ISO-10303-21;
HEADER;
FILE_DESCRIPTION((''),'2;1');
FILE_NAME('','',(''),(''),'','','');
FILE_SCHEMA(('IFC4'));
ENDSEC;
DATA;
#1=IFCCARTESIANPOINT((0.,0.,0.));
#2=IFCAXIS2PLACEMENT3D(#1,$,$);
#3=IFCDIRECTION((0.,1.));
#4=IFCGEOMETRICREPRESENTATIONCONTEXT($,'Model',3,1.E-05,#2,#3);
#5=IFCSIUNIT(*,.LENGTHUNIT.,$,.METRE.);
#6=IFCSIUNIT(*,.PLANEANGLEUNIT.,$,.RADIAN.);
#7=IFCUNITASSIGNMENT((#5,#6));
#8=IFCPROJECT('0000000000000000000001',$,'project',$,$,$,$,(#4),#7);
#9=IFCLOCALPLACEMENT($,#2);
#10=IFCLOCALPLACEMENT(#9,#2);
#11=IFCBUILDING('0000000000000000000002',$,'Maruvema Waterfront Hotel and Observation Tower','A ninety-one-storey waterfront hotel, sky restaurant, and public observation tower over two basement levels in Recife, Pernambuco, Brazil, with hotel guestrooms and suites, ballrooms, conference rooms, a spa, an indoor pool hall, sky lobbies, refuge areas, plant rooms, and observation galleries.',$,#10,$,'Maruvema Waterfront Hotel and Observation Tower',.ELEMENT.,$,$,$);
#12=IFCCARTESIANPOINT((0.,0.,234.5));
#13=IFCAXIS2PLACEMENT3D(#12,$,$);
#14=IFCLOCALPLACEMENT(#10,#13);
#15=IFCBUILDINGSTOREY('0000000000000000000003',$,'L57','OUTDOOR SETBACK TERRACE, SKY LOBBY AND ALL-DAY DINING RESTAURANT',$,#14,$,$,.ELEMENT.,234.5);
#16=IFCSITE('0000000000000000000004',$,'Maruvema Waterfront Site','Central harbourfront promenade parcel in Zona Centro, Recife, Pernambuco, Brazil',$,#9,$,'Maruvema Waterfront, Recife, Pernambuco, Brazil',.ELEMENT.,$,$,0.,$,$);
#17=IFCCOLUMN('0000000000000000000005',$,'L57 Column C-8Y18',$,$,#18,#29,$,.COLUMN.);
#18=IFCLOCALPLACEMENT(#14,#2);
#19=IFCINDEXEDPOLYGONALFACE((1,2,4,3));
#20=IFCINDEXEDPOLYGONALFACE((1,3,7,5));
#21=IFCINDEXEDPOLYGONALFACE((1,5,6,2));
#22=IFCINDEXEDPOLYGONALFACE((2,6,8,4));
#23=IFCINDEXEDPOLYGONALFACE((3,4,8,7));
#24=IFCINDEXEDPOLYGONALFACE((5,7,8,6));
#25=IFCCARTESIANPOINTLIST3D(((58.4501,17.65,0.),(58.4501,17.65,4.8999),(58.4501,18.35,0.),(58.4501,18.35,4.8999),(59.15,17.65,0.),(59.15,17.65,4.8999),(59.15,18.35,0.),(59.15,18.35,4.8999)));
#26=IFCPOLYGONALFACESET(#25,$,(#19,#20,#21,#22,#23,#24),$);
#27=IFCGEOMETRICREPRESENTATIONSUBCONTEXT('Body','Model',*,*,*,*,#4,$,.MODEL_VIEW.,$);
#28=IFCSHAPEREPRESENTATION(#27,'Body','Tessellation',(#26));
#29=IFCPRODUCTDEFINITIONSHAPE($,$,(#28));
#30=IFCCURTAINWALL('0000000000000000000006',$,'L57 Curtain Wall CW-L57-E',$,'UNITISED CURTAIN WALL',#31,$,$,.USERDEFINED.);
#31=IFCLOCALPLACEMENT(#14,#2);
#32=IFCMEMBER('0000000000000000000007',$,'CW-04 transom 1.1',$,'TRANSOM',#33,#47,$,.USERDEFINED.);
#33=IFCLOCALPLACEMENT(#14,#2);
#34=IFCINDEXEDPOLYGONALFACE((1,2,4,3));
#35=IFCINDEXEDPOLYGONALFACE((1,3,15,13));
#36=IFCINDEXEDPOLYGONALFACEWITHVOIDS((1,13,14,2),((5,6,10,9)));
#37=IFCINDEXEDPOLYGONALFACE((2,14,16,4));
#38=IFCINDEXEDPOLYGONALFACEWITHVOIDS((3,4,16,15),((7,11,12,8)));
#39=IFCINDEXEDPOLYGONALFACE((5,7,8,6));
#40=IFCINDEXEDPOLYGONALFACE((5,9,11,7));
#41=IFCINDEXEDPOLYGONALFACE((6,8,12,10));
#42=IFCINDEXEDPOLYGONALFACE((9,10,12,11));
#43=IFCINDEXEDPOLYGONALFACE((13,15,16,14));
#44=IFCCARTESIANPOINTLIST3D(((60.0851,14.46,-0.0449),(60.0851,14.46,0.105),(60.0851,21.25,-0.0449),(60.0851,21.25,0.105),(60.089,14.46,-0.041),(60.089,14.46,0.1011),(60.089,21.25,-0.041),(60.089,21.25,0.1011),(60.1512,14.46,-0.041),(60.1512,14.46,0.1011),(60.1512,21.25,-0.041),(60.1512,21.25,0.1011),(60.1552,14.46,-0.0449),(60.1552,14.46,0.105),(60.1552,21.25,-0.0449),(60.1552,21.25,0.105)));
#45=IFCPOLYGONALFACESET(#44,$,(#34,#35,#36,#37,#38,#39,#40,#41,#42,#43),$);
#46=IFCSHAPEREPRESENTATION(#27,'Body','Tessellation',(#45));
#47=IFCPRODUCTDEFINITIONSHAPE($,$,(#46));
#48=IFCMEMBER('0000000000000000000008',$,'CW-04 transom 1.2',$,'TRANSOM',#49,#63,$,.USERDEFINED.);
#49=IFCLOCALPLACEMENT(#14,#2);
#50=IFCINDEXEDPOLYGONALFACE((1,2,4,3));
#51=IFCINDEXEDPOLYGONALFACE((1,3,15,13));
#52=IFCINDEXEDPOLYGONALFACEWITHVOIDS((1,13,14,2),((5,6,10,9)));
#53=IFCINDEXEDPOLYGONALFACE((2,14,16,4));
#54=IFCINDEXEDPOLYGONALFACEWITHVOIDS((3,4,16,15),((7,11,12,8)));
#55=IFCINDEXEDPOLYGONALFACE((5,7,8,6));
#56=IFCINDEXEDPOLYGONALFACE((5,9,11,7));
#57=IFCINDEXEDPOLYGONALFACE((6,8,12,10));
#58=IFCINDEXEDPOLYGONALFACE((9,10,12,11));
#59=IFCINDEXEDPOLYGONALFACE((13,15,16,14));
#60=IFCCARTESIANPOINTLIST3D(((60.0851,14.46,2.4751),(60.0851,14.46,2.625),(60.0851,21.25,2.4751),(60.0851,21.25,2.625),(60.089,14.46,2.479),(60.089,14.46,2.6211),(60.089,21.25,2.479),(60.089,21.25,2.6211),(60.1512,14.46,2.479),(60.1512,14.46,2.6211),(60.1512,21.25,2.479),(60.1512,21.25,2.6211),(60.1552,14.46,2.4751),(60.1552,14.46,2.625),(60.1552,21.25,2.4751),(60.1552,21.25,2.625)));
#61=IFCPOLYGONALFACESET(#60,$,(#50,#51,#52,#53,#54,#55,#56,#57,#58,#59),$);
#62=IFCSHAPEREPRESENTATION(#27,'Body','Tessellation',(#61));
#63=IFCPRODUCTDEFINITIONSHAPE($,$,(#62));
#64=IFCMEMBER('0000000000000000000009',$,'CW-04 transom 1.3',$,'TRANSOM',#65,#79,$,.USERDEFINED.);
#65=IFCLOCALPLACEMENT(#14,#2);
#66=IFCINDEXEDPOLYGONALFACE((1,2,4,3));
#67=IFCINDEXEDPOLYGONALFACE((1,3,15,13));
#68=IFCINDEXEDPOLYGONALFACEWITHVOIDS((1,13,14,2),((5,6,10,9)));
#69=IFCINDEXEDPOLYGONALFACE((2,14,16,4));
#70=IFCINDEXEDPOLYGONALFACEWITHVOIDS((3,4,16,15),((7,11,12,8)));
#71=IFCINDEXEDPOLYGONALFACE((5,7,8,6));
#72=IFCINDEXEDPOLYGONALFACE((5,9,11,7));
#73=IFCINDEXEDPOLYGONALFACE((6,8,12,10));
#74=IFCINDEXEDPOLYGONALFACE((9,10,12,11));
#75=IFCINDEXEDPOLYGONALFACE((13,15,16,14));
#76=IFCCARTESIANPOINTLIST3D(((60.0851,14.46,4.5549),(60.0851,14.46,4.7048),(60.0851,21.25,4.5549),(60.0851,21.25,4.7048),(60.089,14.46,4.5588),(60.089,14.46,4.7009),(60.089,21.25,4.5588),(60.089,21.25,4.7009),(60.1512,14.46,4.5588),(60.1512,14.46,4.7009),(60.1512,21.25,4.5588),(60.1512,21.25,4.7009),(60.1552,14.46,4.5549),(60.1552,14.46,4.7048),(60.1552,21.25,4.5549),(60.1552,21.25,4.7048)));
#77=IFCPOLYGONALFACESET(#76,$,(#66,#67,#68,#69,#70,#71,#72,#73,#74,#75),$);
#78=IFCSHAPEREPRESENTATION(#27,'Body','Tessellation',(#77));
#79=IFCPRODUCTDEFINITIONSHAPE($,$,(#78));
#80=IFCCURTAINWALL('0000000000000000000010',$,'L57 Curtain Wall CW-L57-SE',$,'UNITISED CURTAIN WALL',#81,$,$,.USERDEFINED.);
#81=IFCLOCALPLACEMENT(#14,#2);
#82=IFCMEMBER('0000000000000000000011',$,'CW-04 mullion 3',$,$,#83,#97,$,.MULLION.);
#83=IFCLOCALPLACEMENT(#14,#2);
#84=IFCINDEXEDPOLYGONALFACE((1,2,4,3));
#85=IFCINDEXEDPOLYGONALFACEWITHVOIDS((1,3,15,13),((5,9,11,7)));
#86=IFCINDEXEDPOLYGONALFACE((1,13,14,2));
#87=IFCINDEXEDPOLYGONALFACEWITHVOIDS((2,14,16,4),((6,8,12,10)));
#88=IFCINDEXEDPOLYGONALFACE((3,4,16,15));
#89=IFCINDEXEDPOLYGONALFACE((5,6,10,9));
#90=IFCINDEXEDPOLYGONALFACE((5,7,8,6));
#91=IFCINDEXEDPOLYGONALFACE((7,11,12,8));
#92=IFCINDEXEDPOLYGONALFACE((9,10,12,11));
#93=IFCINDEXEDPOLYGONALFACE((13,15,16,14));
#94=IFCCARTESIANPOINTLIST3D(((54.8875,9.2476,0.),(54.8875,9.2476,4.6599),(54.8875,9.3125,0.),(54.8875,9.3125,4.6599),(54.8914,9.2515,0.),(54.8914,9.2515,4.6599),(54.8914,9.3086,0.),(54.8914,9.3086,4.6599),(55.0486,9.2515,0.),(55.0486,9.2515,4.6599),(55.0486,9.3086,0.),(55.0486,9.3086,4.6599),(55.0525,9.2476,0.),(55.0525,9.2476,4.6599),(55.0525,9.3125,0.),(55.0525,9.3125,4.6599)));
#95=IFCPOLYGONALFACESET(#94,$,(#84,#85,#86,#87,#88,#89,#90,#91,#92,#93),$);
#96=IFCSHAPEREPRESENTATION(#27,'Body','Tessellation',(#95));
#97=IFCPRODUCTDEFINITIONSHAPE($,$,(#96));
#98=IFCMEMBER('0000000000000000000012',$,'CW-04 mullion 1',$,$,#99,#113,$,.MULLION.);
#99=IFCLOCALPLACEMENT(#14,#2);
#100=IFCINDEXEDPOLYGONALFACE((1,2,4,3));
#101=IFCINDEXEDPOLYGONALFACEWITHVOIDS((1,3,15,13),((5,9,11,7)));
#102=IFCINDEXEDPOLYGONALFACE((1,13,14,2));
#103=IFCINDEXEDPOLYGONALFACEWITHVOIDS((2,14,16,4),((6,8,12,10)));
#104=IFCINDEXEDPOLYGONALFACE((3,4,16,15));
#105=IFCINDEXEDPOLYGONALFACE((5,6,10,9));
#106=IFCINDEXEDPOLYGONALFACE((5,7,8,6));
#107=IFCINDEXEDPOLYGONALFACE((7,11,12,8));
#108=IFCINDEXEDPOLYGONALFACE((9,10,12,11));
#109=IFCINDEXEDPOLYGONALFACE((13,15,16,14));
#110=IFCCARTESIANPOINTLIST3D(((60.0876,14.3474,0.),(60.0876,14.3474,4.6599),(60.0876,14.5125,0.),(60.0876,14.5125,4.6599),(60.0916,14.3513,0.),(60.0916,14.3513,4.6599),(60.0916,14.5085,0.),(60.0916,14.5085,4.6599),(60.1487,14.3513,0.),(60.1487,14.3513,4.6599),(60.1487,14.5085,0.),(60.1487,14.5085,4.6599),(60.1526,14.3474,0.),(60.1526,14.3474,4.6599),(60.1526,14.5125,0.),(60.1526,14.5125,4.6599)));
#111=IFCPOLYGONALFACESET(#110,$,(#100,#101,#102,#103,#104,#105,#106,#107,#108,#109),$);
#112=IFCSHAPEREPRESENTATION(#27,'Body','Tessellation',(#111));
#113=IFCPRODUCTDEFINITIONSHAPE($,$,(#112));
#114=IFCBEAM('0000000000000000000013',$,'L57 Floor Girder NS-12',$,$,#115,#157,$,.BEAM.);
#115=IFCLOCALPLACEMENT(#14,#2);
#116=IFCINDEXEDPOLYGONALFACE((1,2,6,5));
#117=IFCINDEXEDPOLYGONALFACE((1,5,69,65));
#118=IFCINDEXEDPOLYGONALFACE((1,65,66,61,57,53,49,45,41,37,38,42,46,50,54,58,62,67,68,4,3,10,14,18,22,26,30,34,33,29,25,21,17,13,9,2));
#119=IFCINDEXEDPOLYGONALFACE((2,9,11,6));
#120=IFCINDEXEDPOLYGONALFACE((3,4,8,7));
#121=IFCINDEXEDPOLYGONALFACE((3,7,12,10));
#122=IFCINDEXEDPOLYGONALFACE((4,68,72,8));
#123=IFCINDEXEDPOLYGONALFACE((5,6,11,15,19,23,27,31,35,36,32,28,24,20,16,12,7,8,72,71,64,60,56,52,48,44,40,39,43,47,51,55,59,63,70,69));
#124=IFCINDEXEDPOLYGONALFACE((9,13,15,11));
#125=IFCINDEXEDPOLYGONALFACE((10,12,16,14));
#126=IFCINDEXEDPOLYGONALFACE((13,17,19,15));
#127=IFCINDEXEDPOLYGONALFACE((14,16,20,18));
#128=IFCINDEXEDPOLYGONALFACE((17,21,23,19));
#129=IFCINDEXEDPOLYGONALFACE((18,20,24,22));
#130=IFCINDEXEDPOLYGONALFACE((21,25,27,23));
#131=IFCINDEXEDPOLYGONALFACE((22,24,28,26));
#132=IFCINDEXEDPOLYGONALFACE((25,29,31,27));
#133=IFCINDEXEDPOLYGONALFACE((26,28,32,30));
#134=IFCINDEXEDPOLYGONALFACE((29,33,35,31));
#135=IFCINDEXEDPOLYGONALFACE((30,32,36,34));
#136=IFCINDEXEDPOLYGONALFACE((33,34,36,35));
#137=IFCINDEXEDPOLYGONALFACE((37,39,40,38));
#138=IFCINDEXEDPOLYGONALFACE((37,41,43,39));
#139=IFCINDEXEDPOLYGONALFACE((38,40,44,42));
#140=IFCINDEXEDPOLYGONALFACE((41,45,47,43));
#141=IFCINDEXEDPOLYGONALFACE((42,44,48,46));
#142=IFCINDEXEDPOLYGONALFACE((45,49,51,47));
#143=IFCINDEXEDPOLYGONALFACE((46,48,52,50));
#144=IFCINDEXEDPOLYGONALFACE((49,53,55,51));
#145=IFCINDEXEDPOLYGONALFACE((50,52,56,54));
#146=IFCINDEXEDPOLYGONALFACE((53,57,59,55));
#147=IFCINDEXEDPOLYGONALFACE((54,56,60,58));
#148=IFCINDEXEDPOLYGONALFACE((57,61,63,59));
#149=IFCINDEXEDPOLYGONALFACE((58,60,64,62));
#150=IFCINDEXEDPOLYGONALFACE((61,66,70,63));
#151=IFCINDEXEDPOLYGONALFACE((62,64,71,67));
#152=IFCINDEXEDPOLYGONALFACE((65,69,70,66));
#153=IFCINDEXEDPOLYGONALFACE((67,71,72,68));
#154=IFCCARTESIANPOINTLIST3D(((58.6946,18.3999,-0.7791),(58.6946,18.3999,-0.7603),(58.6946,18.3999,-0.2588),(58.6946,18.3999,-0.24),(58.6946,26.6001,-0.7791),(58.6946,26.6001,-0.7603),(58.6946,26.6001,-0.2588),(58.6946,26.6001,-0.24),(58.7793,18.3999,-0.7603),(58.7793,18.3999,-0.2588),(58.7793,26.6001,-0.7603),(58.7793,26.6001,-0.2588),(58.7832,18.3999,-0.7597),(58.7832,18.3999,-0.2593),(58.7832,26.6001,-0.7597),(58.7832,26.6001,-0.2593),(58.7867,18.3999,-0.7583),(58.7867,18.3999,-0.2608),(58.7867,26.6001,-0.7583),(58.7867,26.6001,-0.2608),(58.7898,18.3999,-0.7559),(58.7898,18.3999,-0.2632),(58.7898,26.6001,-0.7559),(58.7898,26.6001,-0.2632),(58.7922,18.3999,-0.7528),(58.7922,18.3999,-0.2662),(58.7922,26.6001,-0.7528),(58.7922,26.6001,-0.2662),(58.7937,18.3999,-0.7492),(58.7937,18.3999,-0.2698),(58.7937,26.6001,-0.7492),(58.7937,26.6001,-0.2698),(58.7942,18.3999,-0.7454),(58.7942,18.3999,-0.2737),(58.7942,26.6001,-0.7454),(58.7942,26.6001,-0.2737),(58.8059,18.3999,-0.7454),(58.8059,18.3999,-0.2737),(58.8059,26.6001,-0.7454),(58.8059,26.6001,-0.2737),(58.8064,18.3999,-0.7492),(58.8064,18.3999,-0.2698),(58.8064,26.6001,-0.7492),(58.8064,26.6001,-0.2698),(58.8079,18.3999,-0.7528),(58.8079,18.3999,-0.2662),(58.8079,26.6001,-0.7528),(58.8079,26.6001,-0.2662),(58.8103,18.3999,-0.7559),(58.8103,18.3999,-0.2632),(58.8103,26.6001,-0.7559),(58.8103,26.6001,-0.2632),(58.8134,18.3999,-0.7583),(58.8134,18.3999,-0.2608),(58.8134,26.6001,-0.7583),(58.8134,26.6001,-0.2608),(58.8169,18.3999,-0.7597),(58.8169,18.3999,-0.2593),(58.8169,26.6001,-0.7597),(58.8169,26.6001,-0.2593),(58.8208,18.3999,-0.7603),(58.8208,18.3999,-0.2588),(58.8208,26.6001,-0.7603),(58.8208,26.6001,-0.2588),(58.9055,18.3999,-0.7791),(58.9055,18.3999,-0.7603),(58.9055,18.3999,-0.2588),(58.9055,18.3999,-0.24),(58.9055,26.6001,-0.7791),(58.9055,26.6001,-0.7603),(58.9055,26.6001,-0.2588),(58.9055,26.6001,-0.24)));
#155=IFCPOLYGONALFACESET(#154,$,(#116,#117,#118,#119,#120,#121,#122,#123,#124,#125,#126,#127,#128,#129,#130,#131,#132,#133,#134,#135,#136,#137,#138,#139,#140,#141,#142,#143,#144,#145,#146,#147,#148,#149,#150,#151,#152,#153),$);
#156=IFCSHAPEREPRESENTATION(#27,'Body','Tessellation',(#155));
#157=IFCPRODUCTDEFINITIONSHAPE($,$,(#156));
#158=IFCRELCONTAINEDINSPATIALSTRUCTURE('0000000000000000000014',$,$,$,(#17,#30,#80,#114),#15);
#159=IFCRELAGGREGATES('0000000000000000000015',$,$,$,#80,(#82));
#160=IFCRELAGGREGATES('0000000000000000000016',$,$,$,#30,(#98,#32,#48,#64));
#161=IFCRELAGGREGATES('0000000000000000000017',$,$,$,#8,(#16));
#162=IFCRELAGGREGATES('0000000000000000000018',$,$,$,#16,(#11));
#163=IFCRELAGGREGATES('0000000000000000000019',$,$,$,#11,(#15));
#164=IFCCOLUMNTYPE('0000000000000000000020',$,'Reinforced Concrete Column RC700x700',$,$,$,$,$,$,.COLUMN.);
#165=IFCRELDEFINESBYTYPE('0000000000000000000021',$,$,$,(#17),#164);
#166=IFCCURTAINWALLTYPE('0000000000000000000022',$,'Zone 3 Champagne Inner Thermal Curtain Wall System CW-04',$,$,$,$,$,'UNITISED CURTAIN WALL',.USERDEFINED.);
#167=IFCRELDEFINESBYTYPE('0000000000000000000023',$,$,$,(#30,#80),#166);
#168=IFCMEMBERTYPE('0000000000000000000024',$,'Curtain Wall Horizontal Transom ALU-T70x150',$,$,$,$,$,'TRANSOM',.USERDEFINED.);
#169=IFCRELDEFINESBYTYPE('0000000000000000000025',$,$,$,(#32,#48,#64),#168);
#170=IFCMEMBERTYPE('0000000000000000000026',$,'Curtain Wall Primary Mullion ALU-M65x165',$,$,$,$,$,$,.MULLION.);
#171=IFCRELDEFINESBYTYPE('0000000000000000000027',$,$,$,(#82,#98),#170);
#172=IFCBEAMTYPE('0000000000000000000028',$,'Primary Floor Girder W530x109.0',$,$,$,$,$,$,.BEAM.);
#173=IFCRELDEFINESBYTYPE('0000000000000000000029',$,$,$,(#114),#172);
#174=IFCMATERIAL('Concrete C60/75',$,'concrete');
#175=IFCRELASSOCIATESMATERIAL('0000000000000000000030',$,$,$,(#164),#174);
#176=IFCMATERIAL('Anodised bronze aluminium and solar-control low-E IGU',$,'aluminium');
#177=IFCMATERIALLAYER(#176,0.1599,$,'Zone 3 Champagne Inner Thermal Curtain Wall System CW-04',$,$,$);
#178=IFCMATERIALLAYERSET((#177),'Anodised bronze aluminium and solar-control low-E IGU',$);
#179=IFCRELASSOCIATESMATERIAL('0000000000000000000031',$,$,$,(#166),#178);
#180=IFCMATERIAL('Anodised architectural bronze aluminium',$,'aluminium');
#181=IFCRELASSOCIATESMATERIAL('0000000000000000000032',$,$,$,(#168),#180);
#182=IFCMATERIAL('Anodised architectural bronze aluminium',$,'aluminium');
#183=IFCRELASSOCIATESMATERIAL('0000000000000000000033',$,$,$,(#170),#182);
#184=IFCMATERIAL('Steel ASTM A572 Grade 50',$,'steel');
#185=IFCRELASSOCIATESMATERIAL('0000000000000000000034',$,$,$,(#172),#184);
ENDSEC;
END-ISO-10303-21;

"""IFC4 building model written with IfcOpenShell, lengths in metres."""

from ifc_helpers import new_model, si_unit, direction, frame, origin, origin_2d, place, context, subcontext, project, spatial, rectangle, hollow_rectangle, i_section, extrude, material, layer, layer_set, material_profile, profile_set, type_object, element, aggregate, save


model = new_model("IFC4")

# Units and contexts
model_context = context("Model", 3, precision=1e-05, world=origin(), true_north=direction((0.0, 1.0)))
body_context = subcontext(model_context, "Body", "Model", "MODEL_VIEW")
ifc_project = project(units=[si_unit("LENGTHUNIT", "METRE"), si_unit("PLANEANGLEUNIT", "RADIAN")], contexts=[model_context])

# Site, building, storey
site_placement = place(None, origin())
site = spatial("IfcSite", under=ifc_project, at=site_placement, Name="Maruvema Waterfront Site", Description="Central harbourfront promenade parcel in Zona Centro, Recife, Pernambuco, Brazil", LongName="Maruvema Waterfront, Recife, Pernambuco, Brazil", CompositionType="ELEMENT", RefElevation=0.0)
building_placement = place(site_placement, origin())
building = spatial("IfcBuilding", under=site, at=building_placement, Name="Maruvema Waterfront Hotel and Observation Tower", Description="A ninety-one-storey waterfront hotel, sky restaurant, and public observation tower over two basement levels in Recife, Pernambuco, Brazil, with hotel guestrooms and suites, ballrooms, conference rooms, a spa, an indoor pool hall, sky lobbies, refuge areas, plant rooms, and observation galleries.", LongName="Maruvema Waterfront Hotel and Observation Tower", CompositionType="ELEMENT")
storey_placement = place(building_placement, frame((0.0, 0.0, 234.5)))
storey = spatial("IfcBuildingStorey", under=building, at=storey_placement, Name="L57", Description="OUTDOOR SETBACK TERRACE, SKY LOBBY AND ALL-DAY DINING RESTAURANT", CompositionType="ELEMENT", Elevation=234.5)

# Column
ifc_material_1 = material(Name="Concrete C60/75", Category="concrete")
ifc_material_profile_1 = material_profile(ifc_material_1, rectangle(XDim=0.7, YDim=0.7, at=origin_2d()), Name="RC700x700")
ifc_profile_set_1 = profile_set([ifc_material_profile_1], Name="Concrete C60/75")
column_type = type_object("IfcColumnType", Name="Reinforced Concrete Column RC700x700", PredefinedType="COLUMN", material=ifc_profile_set_1)
column_placement = place(storey_placement, frame((58.8, 18.0, 0.0), z_axis=(0.0, 0.0, 1.0), x_axis=(1.0, 0.0, 0.0)))
element("IfcColumn", 1, at=column_placement, inside=storey, type_object=column_type, Name="L57 Column C-8Y18", PredefinedType="COLUMN", context=body_context, shape_type="SweptSolid", body=[
    extrude(rectangle(XDim=0.7, YDim=0.7, at=origin_2d()), origin(), (0.0, 0.0, 1.0), 4.8999),
])

# Curtain wall, members
ifc_material_2 = material(Name="Anodised bronze aluminium and solar-control low-E IGU", Category="aluminium")
ifc_layer_1 = layer(ifc_material_2, 0.1599, Name="Zone 3 Champagne Inner Thermal Curtain Wall System CW-04")
ifc_layer_set_1 = layer_set([ifc_layer_1], Name="Anodised bronze aluminium and solar-control low-E IGU")
curtain_wall_type = type_object("IfcCurtainWallType", Name="Zone 3 Champagne Inner Thermal Curtain Wall System CW-04", ElementType="UNITISED CURTAIN WALL", PredefinedType="USERDEFINED", material=ifc_layer_set_1)
curtain_wall_1_placement = place(storey_placement, origin())
curtain_wall_1 = element("IfcCurtainWall", 2, at=curtain_wall_1_placement, inside=storey, type_object=curtain_wall_type, Name="L57 Curtain Wall CW-L57-E", ObjectType="UNITISED CURTAIN WALL", PredefinedType="USERDEFINED")
ifc_material_3 = material(Name="Anodised architectural bronze aluminium", Category="aluminium")
ifc_material_profile_2 = material_profile(ifc_material_3, hollow_rectangle(XDim=0.0701, YDim=0.1499, WallThickness=0.0039, at=origin_2d()), Name="ALU-T70x150")
ifc_profile_set_2 = profile_set([ifc_material_profile_2], Name="Anodised architectural bronze aluminium")
member_type_1 = type_object("IfcMemberType", Name="Curtain Wall Horizontal Transom ALU-T70x150", ElementType="TRANSOM", PredefinedType="USERDEFINED", material=ifc_profile_set_2)
member_1_placement = place(storey_placement, frame((60.1201, 14.46, 0.03), z_axis=(0.0, 1.0, 0.0), x_axis=(-1.0, 0.0, 0.0)))
member_1 = element("IfcMember", 3, at=member_1_placement, type_object=member_type_1, Name="CW-04 transom 1.1", ObjectType="TRANSOM", PredefinedType="USERDEFINED", context=body_context, shape_type="SweptSolid", body=[
    extrude(hollow_rectangle(XDim=0.0701, YDim=0.1499, WallThickness=0.0039, at=origin_2d()), origin(), (0.0, 0.0, 1.0), 6.79),
])
member_2_placement = place(storey_placement, frame((60.1201, 14.46, 2.55), z_axis=(0.0, 1.0, 0.0), x_axis=(-1.0, 0.0, 0.0)))
member_2 = element("IfcMember", 4, at=member_2_placement, type_object=member_type_1, Name="CW-04 transom 1.2", ObjectType="TRANSOM", PredefinedType="USERDEFINED", context=body_context, shape_type="SweptSolid", body=[
    extrude(hollow_rectangle(XDim=0.0701, YDim=0.1499, WallThickness=0.0039, at=origin_2d()), origin(), (0.0, 0.0, 1.0), 6.79),
])
member_3_placement = place(storey_placement, frame((60.1201, 14.46, 4.6299), z_axis=(0.0, 1.0, 0.0), x_axis=(-1.0, 0.0, 0.0)))
member_3 = element("IfcMember", 5, at=member_3_placement, type_object=member_type_1, Name="CW-04 transom 1.3", ObjectType="TRANSOM", PredefinedType="USERDEFINED", context=body_context, shape_type="SweptSolid", body=[
    extrude(hollow_rectangle(XDim=0.0701, YDim=0.1499, WallThickness=0.0039, at=origin_2d()), origin(), (0.0, 0.0, 1.0), 6.79),
])

# Curtain wall, member
curtain_wall_2_placement = place(storey_placement, origin())
curtain_wall_2 = element("IfcCurtainWall", 6, at=curtain_wall_2_placement, inside=storey, type_object=curtain_wall_type, Name="L57 Curtain Wall CW-L57-SE", ObjectType="UNITISED CURTAIN WALL", PredefinedType="USERDEFINED")
ifc_material_4 = material(Name="Anodised architectural bronze aluminium", Category="aluminium")
ifc_material_profile_3 = material_profile(ifc_material_4, hollow_rectangle(XDim=0.0649, YDim=0.165, WallThickness=0.0039, at=origin_2d()), Name="ALU-M65x165")
ifc_profile_set_3 = profile_set([ifc_material_profile_3], Name="Anodised architectural bronze aluminium")
member_type_2 = type_object("IfcMemberType", Name="Curtain Wall Primary Mullion ALU-M65x165", PredefinedType="MULLION", material=ifc_profile_set_3)
member_4_placement = place(storey_placement, frame((54.97, 9.28, 0.0), z_axis=(0.0, 0.0, 1.0), x_axis=(0.0, 1.0, 0.0)))
member_4 = element("IfcMember", 7, at=member_4_placement, type_object=member_type_2, Name="CW-04 mullion 3", PredefinedType="MULLION", context=body_context, shape_type="SweptSolid", body=[
    extrude(hollow_rectangle(XDim=0.0649, YDim=0.165, WallThickness=0.0039, at=origin_2d()), origin(), (0.0, 0.0, 1.0), 4.6599),
])

# Member
member_5_placement = place(storey_placement, frame((60.1201, 14.4299, 0.0), z_axis=(0.0, 0.0, 1.0), x_axis=(-1.0, 0.0, 0.0)))
member_5 = element("IfcMember", 8, at=member_5_placement, type_object=member_type_2, Name="CW-04 mullion 1", PredefinedType="MULLION", context=body_context, shape_type="SweptSolid", body=[
    extrude(hollow_rectangle(XDim=0.0649, YDim=0.165, WallThickness=0.0039, at=origin_2d()), origin(), (0.0, 0.0, 1.0), 4.6599),
])

# Beam
ifc_material_5 = material(Name="Steel ASTM A572 Grade 50", Category="steel")
ifc_material_profile_4 = material_profile(ifc_material_5, i_section(OverallWidth=0.2109, OverallDepth=0.5391, WebThickness=0.0117, FlangeThickness=0.0188, FilletRadius=0.0149, at=origin_2d()), Name="W530x109.0")
ifc_profile_set_4 = profile_set([ifc_material_profile_4], Name="Steel ASTM A572 Grade 50")
beam_type_1 = type_object("IfcBeamType", Name="Primary Floor Girder W530x109.0", PredefinedType="BEAM", material=ifc_profile_set_4)
beam_1_placement = place(storey_placement, frame((58.8, 18.3999, -0.5095), z_axis=(0.0, 1.0, 0.0), x_axis=(-1.0, 0.0, 0.0)))
element("IfcBeam", 9, at=beam_1_placement, inside=storey, type_object=beam_type_1, Name="L57 Floor Girder NS-12", PredefinedType="BEAM", context=body_context, shape_type="SweptSolid", body=[
    extrude(i_section(OverallWidth=0.2109, OverallDepth=0.5391, WebThickness=0.0117, FlangeThickness=0.0188, FilletRadius=0.0149, at=origin_2d()), origin(), (0.0, 0.0, 1.0), 8.2002),
])

aggregate(curtain_wall_2, [member_4])
aggregate(curtain_wall_1, [member_5, member_1, member_2, member_3])

save(model, "model.ifc")
